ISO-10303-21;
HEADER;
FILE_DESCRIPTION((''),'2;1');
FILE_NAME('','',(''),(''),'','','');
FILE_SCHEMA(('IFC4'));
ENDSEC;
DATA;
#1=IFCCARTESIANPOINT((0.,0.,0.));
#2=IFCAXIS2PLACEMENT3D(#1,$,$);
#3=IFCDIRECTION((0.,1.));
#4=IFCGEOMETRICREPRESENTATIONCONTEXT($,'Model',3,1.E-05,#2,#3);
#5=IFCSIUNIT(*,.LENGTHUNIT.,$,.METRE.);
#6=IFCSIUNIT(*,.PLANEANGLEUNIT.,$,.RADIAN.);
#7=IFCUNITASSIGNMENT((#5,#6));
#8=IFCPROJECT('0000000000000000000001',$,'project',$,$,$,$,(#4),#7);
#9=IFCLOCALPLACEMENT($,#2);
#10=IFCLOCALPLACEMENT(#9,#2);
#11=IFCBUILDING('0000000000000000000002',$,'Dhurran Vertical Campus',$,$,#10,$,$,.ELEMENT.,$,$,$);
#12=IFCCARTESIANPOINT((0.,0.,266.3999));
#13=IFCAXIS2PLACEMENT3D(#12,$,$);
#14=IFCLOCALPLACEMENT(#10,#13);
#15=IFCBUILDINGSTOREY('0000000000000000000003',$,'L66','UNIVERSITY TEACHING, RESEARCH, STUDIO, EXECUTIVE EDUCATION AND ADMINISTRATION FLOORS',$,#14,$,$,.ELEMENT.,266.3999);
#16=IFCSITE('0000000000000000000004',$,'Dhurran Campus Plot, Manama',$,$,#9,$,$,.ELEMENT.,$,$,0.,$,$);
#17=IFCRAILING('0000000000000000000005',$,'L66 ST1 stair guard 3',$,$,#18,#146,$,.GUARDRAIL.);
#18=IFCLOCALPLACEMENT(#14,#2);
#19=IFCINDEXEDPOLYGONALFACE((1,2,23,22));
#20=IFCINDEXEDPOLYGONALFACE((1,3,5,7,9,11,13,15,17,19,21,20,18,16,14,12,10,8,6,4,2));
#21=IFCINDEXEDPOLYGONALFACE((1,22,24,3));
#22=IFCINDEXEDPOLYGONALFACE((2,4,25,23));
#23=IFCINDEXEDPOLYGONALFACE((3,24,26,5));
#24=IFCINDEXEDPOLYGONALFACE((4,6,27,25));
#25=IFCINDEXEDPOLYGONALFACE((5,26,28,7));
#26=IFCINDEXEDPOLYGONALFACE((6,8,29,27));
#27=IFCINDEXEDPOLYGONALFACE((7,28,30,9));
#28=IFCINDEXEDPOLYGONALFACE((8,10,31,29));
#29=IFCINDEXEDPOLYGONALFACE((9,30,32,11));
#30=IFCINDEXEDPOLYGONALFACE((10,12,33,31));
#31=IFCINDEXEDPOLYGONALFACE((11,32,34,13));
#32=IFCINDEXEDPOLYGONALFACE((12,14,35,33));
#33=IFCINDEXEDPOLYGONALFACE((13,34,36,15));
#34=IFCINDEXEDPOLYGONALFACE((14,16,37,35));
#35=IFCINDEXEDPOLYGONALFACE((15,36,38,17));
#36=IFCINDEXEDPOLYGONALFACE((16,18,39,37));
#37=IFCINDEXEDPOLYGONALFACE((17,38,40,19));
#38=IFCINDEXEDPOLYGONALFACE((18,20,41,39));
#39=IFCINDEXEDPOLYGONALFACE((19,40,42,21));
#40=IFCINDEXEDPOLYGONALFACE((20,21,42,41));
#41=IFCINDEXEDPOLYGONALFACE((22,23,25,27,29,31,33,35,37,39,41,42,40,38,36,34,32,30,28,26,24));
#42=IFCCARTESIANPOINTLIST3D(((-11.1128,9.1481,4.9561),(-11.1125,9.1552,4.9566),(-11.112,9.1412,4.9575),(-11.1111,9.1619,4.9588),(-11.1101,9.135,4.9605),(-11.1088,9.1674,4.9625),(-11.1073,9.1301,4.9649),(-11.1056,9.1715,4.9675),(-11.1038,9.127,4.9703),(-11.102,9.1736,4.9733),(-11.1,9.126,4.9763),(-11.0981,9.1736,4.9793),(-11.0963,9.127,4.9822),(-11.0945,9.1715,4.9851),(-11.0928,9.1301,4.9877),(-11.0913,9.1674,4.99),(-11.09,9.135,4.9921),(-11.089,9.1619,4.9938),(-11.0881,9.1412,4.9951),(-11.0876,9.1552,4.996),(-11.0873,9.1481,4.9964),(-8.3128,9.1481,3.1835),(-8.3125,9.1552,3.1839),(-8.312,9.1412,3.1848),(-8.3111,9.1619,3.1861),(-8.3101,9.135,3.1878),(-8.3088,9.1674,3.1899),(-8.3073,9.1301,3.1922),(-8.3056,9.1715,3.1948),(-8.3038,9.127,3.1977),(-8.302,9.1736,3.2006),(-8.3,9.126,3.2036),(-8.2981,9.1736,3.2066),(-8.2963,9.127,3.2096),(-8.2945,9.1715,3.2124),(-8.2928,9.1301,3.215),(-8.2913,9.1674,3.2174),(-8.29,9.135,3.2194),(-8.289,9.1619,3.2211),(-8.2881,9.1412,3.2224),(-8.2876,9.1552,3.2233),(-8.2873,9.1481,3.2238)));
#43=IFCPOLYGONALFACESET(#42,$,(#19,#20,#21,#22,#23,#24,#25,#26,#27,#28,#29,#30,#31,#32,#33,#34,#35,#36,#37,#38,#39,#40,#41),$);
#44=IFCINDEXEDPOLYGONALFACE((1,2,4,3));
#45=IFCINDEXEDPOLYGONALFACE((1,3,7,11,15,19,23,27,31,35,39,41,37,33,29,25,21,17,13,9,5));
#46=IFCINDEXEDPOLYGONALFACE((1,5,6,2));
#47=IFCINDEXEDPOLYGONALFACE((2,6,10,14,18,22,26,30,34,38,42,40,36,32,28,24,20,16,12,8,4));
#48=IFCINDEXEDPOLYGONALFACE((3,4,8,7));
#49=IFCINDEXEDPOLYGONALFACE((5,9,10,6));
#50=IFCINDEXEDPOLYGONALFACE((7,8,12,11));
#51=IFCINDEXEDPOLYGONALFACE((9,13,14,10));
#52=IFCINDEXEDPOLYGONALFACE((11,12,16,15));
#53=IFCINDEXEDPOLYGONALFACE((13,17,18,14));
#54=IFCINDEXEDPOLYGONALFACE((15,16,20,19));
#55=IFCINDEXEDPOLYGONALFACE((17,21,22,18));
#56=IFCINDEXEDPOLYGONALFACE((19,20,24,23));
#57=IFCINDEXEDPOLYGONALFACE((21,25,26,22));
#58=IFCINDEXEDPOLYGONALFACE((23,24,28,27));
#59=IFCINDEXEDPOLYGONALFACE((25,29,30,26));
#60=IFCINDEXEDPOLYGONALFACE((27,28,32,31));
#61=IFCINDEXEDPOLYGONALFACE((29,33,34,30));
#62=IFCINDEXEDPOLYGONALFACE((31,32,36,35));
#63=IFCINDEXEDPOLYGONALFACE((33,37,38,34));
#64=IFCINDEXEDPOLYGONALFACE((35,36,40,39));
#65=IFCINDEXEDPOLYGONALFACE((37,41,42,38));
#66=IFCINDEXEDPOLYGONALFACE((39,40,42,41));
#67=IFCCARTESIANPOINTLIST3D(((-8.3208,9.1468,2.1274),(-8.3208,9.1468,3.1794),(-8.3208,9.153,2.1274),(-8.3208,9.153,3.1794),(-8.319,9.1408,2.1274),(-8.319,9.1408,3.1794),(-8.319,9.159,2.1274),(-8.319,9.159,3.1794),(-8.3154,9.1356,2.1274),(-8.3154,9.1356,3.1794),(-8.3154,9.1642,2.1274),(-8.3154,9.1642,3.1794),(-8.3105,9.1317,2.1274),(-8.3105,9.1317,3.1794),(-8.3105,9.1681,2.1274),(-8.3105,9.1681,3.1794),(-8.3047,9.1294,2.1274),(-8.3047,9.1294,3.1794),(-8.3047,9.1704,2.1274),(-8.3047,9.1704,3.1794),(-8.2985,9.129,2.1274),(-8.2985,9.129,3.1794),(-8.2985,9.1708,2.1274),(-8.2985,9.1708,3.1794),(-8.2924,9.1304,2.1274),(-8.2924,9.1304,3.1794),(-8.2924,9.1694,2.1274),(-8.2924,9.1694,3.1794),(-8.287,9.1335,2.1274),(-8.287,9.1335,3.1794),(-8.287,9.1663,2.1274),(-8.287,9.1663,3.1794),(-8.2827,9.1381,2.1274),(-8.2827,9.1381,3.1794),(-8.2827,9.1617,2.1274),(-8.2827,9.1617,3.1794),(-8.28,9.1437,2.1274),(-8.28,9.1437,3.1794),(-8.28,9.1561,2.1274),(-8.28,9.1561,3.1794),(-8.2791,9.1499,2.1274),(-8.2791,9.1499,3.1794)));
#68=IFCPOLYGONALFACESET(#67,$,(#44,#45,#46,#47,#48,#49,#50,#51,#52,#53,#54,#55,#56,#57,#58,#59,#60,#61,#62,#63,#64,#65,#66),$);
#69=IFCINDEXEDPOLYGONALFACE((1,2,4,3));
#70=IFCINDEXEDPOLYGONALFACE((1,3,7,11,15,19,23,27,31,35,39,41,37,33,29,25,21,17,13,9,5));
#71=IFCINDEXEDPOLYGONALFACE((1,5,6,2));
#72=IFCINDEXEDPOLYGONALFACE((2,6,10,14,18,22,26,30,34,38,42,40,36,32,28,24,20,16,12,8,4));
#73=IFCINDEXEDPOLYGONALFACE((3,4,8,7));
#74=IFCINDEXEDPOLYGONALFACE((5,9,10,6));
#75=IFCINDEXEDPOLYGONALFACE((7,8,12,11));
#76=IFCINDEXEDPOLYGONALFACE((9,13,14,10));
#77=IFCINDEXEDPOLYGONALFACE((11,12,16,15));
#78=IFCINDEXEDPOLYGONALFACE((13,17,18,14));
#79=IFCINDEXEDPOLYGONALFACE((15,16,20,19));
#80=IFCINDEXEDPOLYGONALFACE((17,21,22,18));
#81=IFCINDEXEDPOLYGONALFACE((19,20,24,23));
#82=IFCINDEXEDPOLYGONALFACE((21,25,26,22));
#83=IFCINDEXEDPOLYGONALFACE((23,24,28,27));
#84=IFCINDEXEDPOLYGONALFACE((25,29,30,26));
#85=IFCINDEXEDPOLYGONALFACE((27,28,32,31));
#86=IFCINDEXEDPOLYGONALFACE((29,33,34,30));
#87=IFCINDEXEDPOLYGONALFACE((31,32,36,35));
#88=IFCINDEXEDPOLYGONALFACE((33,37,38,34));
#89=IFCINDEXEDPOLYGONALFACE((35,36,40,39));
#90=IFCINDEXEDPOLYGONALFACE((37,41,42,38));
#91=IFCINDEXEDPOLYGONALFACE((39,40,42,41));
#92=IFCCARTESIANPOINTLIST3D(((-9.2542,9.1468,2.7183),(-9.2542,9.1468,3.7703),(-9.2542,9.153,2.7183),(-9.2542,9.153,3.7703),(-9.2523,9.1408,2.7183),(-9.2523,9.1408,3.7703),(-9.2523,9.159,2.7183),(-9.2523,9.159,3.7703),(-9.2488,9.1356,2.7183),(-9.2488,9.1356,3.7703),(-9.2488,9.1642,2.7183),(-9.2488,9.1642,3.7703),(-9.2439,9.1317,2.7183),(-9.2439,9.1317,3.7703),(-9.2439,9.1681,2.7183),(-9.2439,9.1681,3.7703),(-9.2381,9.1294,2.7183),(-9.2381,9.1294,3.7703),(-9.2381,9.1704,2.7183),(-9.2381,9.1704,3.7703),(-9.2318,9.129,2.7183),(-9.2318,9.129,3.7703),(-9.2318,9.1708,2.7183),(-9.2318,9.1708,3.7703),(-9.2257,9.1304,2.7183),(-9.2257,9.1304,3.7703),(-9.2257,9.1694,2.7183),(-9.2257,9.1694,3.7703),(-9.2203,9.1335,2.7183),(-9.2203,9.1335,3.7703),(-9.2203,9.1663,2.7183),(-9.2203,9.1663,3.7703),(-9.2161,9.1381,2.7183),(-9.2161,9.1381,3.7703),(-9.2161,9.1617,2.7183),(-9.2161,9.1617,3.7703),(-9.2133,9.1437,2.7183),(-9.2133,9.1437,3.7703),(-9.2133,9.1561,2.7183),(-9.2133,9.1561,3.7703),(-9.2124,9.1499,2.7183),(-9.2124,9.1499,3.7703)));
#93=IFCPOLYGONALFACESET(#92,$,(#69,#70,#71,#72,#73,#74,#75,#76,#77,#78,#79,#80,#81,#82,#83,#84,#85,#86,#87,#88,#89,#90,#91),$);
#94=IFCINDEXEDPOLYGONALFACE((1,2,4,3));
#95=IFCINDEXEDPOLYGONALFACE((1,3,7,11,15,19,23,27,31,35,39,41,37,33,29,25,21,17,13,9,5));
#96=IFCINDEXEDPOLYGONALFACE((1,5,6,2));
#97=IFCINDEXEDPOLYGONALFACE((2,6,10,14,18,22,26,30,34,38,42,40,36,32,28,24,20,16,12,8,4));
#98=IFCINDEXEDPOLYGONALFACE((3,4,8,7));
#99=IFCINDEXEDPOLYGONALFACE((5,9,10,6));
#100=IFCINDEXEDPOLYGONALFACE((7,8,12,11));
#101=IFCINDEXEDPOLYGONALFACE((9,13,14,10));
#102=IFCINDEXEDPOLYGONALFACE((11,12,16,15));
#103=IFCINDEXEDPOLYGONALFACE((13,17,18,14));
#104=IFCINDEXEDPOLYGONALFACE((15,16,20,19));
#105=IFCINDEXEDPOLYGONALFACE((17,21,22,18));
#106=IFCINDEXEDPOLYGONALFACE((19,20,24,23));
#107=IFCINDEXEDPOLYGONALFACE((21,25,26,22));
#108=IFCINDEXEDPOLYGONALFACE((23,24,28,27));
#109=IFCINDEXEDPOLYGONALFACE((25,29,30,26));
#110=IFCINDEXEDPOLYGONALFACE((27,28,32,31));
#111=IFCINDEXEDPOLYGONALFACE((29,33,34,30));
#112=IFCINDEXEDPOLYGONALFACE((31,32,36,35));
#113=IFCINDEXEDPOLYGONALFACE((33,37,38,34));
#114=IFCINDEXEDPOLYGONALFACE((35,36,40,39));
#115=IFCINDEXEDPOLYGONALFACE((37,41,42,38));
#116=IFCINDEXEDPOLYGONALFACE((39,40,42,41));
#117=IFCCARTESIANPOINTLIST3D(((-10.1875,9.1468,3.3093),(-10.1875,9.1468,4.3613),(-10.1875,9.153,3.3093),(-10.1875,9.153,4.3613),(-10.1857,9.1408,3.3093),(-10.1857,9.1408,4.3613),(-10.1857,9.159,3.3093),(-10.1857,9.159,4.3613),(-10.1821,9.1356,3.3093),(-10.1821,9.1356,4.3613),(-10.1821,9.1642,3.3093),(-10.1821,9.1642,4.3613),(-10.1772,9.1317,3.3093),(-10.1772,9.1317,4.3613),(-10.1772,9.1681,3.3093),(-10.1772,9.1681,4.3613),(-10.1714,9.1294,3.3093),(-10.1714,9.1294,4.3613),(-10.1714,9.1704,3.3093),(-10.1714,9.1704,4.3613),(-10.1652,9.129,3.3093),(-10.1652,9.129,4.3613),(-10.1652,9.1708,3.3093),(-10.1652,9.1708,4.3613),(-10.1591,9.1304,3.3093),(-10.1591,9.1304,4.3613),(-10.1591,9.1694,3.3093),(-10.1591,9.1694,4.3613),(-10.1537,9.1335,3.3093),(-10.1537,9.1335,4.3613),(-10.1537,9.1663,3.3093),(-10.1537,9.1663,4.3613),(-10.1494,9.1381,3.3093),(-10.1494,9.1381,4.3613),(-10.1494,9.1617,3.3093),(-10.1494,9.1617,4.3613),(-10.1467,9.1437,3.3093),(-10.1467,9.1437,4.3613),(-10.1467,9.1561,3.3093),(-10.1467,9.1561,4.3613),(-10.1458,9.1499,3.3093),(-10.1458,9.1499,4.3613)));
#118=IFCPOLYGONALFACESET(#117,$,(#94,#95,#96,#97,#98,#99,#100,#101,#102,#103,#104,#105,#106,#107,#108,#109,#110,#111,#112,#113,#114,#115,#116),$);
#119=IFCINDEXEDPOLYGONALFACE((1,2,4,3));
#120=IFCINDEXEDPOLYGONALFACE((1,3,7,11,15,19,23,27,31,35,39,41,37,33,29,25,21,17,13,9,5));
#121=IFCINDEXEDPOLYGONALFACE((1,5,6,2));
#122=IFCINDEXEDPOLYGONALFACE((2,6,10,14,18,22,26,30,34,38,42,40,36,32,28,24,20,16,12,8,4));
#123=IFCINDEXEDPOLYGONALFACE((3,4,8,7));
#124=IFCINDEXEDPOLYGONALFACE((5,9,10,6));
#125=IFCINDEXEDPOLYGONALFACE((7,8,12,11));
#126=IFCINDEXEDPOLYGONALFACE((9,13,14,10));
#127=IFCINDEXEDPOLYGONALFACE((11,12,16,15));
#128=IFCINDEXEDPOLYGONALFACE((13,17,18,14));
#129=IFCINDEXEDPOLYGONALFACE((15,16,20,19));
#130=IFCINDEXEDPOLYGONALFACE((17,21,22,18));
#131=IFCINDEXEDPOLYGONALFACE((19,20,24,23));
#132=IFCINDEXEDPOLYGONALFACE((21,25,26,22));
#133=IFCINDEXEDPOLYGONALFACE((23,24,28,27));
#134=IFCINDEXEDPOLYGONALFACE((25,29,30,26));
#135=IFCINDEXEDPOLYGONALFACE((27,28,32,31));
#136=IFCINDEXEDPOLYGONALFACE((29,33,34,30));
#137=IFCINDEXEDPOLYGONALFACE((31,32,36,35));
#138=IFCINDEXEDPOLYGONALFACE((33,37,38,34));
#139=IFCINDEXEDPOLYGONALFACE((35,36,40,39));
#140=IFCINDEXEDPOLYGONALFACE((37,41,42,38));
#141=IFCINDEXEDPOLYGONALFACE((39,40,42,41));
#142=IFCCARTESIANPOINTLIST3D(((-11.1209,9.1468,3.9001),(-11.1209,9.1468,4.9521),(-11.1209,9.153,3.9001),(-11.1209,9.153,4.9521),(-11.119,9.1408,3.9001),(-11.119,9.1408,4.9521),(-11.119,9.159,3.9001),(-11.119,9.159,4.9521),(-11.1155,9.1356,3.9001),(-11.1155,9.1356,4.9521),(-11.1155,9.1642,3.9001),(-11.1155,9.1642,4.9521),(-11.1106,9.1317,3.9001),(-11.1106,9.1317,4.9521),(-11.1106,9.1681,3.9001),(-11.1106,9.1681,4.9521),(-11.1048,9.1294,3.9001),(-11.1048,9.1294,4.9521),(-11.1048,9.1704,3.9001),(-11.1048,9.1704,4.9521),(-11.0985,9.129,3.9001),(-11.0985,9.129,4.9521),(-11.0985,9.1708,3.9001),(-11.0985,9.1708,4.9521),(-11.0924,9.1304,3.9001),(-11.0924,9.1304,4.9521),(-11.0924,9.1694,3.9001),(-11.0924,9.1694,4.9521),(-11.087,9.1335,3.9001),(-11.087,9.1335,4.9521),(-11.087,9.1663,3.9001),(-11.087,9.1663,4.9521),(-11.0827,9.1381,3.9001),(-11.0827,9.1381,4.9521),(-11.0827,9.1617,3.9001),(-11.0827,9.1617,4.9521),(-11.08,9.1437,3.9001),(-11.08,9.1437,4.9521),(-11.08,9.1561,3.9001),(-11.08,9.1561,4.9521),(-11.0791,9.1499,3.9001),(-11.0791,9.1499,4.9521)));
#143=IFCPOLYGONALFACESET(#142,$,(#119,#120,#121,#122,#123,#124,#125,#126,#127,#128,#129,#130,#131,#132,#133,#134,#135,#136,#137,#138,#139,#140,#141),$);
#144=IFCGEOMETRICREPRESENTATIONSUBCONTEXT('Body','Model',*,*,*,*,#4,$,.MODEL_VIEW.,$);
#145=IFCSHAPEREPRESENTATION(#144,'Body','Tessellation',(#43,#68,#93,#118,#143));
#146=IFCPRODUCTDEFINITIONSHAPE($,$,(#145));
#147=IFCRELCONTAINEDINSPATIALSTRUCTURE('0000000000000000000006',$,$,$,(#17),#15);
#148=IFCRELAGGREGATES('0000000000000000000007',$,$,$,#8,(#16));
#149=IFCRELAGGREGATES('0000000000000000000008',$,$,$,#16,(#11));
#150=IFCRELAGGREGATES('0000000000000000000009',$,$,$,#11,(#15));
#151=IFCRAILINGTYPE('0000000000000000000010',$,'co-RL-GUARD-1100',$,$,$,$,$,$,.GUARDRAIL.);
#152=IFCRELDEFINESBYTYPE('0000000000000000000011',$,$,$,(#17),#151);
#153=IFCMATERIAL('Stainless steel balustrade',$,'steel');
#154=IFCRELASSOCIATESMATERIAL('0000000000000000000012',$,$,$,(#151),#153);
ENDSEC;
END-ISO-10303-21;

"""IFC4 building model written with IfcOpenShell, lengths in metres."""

from ifc_helpers import new_model, si_unit, direction, frame, origin, origin_2d, place, context, subcontext, project, spatial, circle, extrude, material, type_object, element, save


model = new_model("IFC4")

# Units and contexts
model_context = context("Model", 3, precision=1e-05, world=origin(), true_north=direction((0.0, 1.0)))
body_context = subcontext(model_context, "Body", "Model", "MODEL_VIEW")
ifc_project = project(units=[si_unit("LENGTHUNIT", "METRE"), si_unit("PLANEANGLEUNIT", "RADIAN")], contexts=[model_context])

# Site, building, storey
site_placement = place(None, origin())
site = spatial("IfcSite", under=ifc_project, at=site_placement, Name="Dhurran Campus Plot, Manama", CompositionType="ELEMENT", RefElevation=0.0)
building_placement = place(site_placement, origin())
building = spatial("IfcBuilding", under=site, at=building_placement, Name="Dhurran Vertical Campus", CompositionType="ELEMENT")
storey_placement = place(building_placement, frame((0.0, 0.0, 266.3999)))
storey = spatial("IfcBuildingStorey", under=building, at=storey_placement, Name="L66", Description="UNIVERSITY TEACHING, RESEARCH, STUDIO, EXECUTIVE EDUCATION AND ADMINISTRATION FLOORS", CompositionType="ELEMENT", Elevation=266.3999)

# Railing
ifc_material_1 = material(Name="Stainless steel balustrade", Category="steel")
railing_type_1 = type_object("IfcRailingType", Name="co-RL-GUARD-1100", PredefinedType="GUARDRAIL", material=ifc_material_1)
railing_1_placement = place(storey_placement, frame((-8.3, 9.1499, 2.1274)))
element("IfcRailing", 1, at=railing_1_placement, inside=storey, type_object=railing_type_1, Name="L66 ST1 stair guard 3", PredefinedType="GUARDRAIL", context=body_context, shape_type="SweptSolid", body=[
    extrude(circle(Radius=0.0239, at=origin_2d()), frame((0.0, 0.0, 1.0762), z_axis=(-0.844909, 0.0, 0.53491), x_axis=(0.0, -1.0, 0.0)), (0.0, 0.0, 1.0), 3.314),
    extrude(circle(Radius=0.021, at=origin_2d()), origin(), (0.0, 0.0, 1.0), 1.052),
    extrude(circle(Radius=0.021, at=origin_2d()), frame((-0.9333, 0.0, 0.5908)), (0.0, 0.0, 1.0), 1.052),
    extrude(circle(Radius=0.021, at=origin_2d()), frame((-1.8667, 0.0, 1.1819)), (0.0, 0.0, 1.0), 1.052),
    extrude(circle(Radius=0.021, at=origin_2d()), frame((-2.8, 0.0, 1.7727)), (0.0, 0.0, 1.0), 1.052),
])

save(model, "model.ifc")
